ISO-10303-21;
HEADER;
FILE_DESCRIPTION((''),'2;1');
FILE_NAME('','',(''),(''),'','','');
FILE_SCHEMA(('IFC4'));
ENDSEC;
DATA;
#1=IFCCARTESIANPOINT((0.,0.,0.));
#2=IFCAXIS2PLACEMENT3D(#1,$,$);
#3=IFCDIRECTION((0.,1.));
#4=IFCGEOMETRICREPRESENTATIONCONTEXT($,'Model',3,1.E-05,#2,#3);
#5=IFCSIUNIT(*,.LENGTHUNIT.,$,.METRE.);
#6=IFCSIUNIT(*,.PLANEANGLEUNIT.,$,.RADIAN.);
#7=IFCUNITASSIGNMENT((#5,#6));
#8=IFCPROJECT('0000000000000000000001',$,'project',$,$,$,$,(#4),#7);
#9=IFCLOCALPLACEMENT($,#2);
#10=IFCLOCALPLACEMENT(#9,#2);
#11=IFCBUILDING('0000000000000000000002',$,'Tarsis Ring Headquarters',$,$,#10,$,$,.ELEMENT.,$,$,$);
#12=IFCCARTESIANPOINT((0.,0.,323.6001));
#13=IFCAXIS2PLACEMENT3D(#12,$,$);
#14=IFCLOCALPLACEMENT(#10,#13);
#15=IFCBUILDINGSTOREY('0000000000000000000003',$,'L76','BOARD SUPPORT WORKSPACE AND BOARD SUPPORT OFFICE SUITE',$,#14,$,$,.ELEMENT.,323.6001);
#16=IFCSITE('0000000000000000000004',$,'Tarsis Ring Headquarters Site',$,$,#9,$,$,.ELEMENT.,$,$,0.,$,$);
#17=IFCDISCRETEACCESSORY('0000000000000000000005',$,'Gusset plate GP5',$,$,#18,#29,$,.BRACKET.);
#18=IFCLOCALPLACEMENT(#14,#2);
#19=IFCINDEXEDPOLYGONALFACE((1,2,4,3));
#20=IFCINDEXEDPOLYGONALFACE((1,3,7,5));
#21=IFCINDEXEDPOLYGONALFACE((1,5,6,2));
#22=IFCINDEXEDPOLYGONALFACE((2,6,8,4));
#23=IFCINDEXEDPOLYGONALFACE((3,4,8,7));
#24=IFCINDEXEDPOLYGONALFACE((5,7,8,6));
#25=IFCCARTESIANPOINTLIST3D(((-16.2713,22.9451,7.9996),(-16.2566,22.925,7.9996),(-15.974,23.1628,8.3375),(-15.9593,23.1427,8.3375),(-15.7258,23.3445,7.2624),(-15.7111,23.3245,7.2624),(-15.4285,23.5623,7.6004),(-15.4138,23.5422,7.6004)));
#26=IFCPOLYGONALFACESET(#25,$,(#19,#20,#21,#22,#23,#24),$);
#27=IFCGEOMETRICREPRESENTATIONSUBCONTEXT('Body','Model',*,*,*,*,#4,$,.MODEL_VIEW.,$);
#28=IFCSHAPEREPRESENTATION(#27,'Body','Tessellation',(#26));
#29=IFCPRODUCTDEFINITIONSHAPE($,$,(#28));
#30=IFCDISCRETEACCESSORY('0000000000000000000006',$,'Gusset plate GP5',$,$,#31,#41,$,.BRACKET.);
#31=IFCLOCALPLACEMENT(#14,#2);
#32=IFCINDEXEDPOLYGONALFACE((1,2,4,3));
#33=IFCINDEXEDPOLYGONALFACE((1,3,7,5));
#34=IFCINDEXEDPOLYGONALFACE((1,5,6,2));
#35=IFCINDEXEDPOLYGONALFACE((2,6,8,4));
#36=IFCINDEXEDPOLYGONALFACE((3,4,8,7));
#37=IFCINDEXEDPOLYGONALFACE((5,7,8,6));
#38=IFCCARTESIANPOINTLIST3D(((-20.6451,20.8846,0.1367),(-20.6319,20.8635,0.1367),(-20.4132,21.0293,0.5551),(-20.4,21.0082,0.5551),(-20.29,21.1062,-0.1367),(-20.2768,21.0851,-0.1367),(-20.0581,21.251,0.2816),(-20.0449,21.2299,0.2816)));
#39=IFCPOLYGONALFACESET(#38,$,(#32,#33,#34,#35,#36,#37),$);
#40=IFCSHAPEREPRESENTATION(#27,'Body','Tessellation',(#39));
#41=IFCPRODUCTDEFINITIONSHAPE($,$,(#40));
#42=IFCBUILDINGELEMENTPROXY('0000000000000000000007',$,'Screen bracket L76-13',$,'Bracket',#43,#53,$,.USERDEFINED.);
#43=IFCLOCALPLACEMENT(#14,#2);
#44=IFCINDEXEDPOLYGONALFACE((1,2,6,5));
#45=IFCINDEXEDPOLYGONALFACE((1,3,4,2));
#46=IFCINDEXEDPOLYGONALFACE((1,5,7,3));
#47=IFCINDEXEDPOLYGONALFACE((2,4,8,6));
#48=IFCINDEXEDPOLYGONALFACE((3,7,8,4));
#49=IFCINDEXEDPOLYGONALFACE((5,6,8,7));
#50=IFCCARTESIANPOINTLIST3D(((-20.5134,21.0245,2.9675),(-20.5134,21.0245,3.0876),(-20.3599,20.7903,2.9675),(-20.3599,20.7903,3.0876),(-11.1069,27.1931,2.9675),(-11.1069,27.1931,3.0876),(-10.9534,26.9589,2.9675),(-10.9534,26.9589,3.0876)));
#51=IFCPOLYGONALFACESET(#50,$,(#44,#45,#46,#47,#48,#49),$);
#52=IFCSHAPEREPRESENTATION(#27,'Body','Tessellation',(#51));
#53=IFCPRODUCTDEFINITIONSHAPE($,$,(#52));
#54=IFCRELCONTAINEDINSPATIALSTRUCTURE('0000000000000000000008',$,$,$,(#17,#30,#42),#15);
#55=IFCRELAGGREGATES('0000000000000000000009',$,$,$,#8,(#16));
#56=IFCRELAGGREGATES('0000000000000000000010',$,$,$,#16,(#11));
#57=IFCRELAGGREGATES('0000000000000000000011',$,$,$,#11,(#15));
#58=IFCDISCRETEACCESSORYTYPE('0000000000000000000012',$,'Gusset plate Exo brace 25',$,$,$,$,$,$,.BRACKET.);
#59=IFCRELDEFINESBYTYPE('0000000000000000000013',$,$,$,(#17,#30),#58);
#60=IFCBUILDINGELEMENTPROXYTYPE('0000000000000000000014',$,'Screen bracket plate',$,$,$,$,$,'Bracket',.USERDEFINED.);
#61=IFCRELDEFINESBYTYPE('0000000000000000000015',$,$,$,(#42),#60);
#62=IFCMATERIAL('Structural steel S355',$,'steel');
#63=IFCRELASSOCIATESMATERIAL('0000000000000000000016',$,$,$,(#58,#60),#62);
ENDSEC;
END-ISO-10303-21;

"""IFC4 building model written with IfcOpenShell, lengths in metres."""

from ifc_helpers import new_model, si_unit, direction, frame, origin, origin_2d, place, context, subcontext, project, spatial, rectangle, extrude, material, material_profile, profile_set, type_object, element, save


model = new_model("IFC4")

# Units and contexts
model_context = context("Model", 3, precision=1e-05, world=origin(), true_north=direction((0.0, 1.0)))
body_context = subcontext(model_context, "Body", "Model", "MODEL_VIEW")
ifc_project = project(units=[si_unit("LENGTHUNIT", "METRE"), si_unit("PLANEANGLEUNIT", "RADIAN")], contexts=[model_context])

# Site, building, storey
site_placement = place(None, origin())
site = spatial("IfcSite", under=ifc_project, at=site_placement, Name="Tarsis Ring Headquarters Site", CompositionType="ELEMENT", RefElevation=0.0)
building_placement = place(site_placement, origin())
building = spatial("IfcBuilding", under=site, at=building_placement, Name="Tarsis Ring Headquarters", CompositionType="ELEMENT")
storey_placement = place(building_placement, frame((0.0, 0.0, 323.6001)))
storey = spatial("IfcBuildingStorey", under=building, at=storey_placement, Name="L76", Description="BOARD SUPPORT WORKSPACE AND BOARD SUPPORT OFFICE SUITE", CompositionType="ELEMENT", Elevation=323.6001)

# Shared definitions
ifc_material_1 = material(Name="Structural steel S355", Category="steel")

# Discrete accessories
ifc_material_profile_1 = material_profile(ifc_material_1, rectangle(XDim=0.0249, YDim=0.5, at=origin_2d()), Name="PL 25x500")
ifc_profile_set_1 = profile_set([ifc_material_profile_1], Name="Structural steel S355")
discrete_accessory_type = type_object("IfcDiscreteAccessoryType", Name="Gusset plate Exo brace 25", PredefinedType="BRACKET", material=ifc_profile_set_1)
discrete_accessory_1_placement = place(storey_placement, frame((-15.5698, 23.4434, 7.4314), z_axis=(-0.545339, -0.399362, 0.736964), x_axis=(0.590831, -0.806795, 0.0)))
element("IfcDiscreteAccessory", 1, at=discrete_accessory_1_placement, inside=storey, type_object=discrete_accessory_type, Name="Gusset plate GP5", PredefinedType="BRACKET", context=body_context, shape_type="SweptSolid", body=[
    extrude(rectangle(XDim=0.0249, YDim=0.5, at=origin_2d()), origin(), (0.0, 0.0, 1.0), 1.0002),
])
discrete_accessory_2_placement = place(storey_placement, frame((-20.4609, 20.9849, 0.0), z_axis=(0.463998, 0.289632, 0.83715), x_axis=(-0.529517, 0.848299, 0.0)))
element("IfcDiscreteAccessory", 2, at=discrete_accessory_2_placement, inside=storey, type_object=discrete_accessory_type, Name="Gusset plate GP5", PredefinedType="BRACKET", context=body_context, shape_type="SweptSolid", body=[
    extrude(rectangle(XDim=0.0249, YDim=0.5, at=origin_2d()), origin(), (0.0, 0.0, 1.0), 0.4998),
])

# Building element proxy
building_element_proxy_type = type_object("IfcBuildingElementProxyType", Name="Screen bracket plate", ElementType="Bracket", PredefinedType="USERDEFINED", material=ifc_material_1)
proxy_placement = place(storey_placement, frame((-15.7334, 23.9917, 2.9675), z_axis=(0.0, 0.0, 1.0), x_axis=(-0.836227, -0.548384, 0.0)))
element("IfcBuildingElementProxy", 3, at=proxy_placement, inside=storey, type_object=building_element_proxy_type, Name="Screen bracket L76-13", ObjectType="Bracket", PredefinedType="USERDEFINED", context=body_context, shape_type="SweptSolid", body=[
    extrude(rectangle(XDim=11.2488, YDim=0.28, at=origin_2d()), origin(), (0.0, 0.0, 1.0), 0.1201),
])

save(model, "model.ifc")
